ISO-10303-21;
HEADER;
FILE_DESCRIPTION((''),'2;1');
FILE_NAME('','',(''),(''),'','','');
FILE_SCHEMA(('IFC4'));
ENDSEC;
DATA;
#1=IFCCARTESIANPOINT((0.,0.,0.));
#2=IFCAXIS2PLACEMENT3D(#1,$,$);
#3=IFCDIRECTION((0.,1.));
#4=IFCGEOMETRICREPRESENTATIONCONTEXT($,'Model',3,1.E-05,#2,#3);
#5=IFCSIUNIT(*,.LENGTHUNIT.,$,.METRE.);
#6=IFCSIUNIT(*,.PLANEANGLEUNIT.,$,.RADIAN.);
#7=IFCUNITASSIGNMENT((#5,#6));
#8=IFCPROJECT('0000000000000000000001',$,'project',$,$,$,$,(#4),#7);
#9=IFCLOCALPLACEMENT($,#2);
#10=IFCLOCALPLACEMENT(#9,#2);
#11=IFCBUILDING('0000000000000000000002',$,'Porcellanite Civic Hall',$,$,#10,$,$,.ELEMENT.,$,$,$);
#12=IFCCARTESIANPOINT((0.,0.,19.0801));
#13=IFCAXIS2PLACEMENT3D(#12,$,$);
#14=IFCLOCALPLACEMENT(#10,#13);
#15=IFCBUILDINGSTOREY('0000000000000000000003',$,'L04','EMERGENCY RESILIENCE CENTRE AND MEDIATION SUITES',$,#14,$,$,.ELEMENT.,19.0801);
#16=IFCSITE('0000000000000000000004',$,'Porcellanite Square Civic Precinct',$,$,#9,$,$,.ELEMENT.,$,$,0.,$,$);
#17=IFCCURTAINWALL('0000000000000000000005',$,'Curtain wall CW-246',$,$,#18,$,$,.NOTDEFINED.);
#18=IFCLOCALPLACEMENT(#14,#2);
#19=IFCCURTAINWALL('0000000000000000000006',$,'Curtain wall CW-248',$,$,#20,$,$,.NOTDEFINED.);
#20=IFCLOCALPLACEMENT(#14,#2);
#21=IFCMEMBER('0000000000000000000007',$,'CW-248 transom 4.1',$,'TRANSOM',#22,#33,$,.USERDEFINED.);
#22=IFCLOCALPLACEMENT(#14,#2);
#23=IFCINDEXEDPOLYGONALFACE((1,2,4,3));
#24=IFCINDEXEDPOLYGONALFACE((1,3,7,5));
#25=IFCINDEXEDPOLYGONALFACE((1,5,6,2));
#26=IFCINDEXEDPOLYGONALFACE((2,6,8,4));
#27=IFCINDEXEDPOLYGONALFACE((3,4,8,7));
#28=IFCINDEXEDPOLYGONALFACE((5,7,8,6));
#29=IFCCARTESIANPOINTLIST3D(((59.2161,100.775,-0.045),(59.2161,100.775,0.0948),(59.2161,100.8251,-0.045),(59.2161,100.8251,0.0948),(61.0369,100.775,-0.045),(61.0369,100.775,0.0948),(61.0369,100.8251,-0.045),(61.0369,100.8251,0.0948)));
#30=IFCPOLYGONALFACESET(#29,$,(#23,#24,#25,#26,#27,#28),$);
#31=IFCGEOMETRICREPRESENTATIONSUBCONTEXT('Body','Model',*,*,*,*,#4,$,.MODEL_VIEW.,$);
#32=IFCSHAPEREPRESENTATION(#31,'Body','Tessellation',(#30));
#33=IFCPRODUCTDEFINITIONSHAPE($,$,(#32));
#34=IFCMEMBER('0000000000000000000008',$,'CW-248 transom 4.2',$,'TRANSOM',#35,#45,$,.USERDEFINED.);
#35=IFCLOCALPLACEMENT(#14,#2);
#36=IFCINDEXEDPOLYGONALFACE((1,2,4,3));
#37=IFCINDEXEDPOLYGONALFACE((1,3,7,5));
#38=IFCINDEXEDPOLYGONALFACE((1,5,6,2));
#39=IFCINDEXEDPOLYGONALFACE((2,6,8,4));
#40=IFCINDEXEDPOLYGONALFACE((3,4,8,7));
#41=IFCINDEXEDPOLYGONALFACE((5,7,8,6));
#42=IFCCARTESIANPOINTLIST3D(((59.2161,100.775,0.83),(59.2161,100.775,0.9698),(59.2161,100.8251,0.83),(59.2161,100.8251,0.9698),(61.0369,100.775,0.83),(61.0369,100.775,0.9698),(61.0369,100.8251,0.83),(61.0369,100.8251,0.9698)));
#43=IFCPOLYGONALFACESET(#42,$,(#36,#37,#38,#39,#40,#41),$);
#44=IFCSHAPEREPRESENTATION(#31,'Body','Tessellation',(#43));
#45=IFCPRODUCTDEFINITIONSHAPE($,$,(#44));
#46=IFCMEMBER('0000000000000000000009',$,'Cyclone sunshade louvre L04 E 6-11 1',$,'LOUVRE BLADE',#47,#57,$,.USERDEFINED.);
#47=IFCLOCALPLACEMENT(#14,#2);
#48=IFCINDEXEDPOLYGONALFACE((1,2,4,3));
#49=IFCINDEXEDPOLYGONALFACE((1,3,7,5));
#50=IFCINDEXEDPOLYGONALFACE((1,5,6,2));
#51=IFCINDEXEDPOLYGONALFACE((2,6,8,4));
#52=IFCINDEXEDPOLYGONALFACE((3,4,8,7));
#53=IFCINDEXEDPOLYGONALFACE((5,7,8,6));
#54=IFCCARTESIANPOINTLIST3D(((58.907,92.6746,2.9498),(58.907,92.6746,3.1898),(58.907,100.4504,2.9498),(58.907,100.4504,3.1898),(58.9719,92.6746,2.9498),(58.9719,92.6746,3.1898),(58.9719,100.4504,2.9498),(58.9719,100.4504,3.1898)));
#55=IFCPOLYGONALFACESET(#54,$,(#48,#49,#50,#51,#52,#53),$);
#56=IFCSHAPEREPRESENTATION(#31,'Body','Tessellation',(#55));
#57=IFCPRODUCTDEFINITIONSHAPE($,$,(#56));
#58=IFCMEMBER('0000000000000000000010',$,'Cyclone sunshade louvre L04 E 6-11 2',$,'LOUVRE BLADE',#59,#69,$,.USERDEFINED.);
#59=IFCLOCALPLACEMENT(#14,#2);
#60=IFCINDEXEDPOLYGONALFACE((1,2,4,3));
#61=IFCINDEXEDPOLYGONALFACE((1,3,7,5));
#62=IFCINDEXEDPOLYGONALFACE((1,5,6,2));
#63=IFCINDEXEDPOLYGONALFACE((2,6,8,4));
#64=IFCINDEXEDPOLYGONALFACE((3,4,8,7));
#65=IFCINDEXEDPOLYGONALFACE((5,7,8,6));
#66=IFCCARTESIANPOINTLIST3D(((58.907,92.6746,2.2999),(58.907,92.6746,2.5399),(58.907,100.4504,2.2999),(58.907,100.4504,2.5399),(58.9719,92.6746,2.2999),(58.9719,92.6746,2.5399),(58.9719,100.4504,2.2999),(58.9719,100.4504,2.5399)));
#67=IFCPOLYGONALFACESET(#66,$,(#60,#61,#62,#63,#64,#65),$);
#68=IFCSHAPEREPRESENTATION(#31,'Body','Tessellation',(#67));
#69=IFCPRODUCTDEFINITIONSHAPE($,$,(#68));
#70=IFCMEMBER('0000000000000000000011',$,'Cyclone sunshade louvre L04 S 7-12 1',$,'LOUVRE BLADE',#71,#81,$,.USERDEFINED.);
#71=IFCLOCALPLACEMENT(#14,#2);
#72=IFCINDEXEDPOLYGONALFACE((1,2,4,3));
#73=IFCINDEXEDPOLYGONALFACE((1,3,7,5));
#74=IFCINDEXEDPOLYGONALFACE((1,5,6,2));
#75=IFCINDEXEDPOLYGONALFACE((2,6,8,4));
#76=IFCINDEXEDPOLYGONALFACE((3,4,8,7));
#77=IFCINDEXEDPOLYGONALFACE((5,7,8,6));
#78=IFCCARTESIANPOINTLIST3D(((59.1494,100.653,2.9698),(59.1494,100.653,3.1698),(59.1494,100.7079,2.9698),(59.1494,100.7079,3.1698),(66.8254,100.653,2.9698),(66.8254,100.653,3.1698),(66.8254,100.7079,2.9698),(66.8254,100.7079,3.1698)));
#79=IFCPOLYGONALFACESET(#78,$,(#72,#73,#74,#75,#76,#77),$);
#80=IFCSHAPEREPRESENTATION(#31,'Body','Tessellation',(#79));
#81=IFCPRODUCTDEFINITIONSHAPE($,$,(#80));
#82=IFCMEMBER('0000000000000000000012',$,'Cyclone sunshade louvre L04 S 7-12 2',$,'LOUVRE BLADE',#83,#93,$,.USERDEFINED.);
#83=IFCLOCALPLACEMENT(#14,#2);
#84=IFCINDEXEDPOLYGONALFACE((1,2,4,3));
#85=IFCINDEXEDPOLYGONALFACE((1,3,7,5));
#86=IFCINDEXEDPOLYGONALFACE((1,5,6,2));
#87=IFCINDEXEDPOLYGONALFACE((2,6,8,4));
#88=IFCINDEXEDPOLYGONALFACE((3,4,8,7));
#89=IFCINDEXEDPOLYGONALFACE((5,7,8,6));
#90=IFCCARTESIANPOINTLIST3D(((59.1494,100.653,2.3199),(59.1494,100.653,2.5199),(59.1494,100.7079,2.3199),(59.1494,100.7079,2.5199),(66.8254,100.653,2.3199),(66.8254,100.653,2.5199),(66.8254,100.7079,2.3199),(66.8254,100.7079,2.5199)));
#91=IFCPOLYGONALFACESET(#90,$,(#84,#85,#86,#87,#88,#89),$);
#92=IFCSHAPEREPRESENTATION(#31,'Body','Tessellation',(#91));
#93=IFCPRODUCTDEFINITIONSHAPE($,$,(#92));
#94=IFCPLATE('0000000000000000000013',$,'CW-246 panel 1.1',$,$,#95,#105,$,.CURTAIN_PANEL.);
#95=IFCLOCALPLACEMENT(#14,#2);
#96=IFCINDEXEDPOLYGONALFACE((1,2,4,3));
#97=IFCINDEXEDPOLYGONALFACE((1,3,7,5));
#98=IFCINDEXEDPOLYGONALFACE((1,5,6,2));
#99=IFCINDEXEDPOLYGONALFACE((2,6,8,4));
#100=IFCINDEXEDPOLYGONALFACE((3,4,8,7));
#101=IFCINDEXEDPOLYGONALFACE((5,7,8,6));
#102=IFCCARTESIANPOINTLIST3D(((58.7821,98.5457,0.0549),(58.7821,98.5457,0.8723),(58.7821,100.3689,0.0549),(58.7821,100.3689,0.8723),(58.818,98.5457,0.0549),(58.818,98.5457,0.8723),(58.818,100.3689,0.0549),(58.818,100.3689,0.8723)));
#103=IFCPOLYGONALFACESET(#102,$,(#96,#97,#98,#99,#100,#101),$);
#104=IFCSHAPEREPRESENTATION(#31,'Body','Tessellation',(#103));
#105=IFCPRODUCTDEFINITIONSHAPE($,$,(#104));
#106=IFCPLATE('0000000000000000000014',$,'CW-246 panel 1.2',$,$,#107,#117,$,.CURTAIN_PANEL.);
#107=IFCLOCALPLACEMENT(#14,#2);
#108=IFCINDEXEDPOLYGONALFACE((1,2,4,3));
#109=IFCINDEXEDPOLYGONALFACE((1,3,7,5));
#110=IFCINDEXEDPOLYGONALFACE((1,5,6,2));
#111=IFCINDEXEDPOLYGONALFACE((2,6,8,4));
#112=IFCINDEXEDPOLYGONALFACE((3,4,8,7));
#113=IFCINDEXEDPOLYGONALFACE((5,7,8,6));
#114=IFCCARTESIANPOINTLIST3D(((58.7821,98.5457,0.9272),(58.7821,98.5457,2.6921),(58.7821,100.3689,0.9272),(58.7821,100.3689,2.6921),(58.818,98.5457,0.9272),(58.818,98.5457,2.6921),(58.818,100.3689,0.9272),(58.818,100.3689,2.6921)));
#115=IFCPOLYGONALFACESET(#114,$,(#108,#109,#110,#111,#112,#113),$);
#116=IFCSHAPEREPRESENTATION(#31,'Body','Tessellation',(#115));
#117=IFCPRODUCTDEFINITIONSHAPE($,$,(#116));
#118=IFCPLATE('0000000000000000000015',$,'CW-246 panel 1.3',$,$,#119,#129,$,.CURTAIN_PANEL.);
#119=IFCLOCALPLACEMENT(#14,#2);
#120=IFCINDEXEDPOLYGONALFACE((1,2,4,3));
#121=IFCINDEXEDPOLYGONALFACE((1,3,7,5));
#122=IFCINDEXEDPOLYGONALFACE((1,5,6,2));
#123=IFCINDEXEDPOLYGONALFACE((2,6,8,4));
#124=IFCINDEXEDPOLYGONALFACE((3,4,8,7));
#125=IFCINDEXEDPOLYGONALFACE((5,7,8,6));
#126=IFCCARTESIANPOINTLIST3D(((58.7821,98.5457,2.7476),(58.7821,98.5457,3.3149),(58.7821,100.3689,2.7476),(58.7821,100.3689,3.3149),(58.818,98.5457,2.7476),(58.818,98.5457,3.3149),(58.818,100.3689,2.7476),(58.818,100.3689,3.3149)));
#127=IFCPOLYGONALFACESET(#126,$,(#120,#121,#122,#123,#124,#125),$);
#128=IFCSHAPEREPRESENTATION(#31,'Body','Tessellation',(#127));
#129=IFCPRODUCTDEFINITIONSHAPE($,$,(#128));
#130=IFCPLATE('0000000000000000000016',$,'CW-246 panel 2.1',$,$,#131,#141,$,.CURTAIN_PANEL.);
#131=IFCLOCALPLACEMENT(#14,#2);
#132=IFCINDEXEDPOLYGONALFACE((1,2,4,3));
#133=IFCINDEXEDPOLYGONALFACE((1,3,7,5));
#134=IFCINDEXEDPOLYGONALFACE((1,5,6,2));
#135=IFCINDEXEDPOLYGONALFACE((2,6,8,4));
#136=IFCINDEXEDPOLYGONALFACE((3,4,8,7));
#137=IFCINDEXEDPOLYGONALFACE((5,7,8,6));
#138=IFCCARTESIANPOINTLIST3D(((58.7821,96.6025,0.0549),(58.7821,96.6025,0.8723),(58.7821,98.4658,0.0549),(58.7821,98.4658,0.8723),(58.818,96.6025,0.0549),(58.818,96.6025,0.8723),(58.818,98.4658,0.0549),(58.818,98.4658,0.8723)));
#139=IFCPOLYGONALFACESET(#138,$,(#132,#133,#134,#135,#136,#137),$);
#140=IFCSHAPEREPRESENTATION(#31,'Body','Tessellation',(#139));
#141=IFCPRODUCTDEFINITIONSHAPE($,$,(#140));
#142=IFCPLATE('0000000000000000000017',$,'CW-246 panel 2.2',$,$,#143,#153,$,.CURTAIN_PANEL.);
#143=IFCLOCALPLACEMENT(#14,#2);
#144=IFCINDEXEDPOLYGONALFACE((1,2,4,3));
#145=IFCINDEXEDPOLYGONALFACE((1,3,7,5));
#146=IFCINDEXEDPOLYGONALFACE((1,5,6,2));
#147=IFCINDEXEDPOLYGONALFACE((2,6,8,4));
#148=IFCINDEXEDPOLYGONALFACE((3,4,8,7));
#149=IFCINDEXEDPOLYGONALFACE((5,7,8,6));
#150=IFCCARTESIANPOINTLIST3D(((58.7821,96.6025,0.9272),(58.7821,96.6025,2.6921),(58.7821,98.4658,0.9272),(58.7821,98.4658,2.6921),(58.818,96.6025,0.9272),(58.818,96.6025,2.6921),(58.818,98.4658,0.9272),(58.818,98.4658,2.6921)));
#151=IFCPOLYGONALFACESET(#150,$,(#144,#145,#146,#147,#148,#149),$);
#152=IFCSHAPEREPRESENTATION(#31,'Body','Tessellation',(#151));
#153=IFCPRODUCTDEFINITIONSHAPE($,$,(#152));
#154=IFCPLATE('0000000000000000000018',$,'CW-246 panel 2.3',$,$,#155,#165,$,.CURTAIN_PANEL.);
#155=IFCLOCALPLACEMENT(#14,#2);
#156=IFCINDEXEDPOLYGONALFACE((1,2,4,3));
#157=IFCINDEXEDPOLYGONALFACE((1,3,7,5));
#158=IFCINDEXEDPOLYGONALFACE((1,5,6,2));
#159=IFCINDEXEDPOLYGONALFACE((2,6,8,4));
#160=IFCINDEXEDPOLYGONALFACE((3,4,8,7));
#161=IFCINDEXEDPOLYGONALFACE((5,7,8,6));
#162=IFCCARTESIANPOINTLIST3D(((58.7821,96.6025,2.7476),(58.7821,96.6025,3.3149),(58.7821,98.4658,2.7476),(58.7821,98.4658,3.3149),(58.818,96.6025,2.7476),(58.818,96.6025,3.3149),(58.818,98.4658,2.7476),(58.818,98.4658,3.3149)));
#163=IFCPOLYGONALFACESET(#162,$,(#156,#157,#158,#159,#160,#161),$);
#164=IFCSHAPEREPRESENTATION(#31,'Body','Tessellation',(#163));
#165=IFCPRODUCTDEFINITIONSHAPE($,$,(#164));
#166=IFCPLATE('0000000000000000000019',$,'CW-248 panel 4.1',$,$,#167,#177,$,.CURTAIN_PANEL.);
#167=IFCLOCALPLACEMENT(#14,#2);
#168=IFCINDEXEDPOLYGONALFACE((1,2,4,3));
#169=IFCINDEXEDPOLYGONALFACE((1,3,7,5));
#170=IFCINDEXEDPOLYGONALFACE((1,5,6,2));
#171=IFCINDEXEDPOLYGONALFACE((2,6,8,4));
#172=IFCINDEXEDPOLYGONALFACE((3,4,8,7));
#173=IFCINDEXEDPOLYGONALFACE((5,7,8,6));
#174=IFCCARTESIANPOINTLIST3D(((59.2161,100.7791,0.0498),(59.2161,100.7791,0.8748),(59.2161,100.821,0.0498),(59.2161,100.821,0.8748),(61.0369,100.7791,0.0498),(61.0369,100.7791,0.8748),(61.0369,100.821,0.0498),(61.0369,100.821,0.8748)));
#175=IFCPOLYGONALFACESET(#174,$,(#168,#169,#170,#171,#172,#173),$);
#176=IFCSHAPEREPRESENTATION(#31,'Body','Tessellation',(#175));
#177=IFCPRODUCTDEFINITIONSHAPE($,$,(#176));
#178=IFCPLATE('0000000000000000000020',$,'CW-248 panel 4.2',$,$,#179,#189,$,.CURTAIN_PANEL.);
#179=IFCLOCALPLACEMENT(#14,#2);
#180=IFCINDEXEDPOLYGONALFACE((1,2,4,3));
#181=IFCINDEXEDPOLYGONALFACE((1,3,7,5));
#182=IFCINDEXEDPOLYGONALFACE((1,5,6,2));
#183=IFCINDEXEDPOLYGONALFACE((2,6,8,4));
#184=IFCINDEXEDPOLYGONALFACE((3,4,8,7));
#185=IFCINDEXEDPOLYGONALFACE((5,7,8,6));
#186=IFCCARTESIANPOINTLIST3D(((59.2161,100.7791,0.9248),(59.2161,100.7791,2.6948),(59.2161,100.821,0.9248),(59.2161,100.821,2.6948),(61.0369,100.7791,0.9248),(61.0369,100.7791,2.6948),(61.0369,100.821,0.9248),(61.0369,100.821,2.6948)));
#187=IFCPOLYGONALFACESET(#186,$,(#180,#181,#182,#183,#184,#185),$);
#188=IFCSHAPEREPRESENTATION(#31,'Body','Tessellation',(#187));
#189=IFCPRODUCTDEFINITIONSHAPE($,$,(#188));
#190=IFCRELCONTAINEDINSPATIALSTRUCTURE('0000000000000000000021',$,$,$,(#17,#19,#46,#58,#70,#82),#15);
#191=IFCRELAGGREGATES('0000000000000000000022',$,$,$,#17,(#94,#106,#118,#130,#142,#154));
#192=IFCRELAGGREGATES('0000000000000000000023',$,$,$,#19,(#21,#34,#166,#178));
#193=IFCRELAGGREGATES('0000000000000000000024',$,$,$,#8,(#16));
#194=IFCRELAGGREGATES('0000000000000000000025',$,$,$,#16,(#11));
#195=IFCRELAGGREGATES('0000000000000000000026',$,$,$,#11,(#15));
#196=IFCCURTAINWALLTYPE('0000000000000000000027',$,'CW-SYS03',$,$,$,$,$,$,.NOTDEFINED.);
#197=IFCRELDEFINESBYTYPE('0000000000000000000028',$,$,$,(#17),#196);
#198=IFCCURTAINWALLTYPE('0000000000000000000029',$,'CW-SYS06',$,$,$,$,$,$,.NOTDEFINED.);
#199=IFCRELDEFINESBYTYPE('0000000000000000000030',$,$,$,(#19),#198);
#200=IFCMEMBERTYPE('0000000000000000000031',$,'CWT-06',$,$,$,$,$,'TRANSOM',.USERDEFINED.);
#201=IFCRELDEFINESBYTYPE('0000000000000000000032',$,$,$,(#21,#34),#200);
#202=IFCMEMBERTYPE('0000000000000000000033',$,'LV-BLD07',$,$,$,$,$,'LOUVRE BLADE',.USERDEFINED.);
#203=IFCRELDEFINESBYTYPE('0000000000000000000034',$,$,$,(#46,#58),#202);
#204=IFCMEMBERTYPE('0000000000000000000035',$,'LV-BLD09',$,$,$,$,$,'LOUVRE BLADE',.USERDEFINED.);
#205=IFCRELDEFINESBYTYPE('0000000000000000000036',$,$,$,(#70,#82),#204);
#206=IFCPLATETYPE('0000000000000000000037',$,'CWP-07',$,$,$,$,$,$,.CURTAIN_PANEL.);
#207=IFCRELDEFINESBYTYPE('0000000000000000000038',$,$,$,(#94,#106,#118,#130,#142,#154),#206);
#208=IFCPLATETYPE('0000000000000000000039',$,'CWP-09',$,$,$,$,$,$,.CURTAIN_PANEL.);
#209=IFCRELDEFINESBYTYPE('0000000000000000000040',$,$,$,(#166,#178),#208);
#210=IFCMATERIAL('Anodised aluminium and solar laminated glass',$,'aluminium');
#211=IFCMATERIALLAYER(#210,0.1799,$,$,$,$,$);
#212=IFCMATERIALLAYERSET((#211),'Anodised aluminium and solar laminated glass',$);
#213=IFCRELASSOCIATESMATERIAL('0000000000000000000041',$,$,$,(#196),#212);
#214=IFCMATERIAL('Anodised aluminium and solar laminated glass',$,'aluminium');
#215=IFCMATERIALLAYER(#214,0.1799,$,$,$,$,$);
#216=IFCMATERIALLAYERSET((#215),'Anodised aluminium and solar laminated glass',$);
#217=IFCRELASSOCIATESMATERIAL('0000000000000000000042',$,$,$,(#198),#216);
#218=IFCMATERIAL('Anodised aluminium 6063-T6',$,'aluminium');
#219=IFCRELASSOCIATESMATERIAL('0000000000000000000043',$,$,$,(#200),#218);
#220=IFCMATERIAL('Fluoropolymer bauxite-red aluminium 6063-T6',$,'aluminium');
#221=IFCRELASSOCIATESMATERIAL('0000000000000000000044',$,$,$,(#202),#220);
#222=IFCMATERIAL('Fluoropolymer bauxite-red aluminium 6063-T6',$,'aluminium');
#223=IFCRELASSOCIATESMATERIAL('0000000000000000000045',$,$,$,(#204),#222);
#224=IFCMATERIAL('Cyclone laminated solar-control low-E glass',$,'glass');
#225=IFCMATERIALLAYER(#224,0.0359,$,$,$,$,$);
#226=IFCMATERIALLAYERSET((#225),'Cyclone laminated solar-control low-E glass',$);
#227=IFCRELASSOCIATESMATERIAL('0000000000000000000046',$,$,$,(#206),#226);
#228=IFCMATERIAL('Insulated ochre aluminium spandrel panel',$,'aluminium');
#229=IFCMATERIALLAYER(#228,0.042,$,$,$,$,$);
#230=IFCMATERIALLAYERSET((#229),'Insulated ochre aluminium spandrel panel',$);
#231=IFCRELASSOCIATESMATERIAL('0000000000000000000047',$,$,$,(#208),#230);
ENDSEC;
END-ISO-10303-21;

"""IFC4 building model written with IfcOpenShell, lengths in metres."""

from ifc_helpers import new_model, si_unit, direction, frame, origin, origin_2d, place, context, subcontext, project, spatial, rectangle, extrude, material, layer, layer_set, material_profile, profile_set, type_object, element, aggregate, save


model = new_model("IFC4")

# Units and contexts
model_context = context("Model", 3, precision=1e-05, world=origin(), true_north=direction((0.0, 1.0)))
body_context = subcontext(model_context, "Body", "Model", "MODEL_VIEW")
ifc_project = project(units=[si_unit("LENGTHUNIT", "METRE"), si_unit("PLANEANGLEUNIT", "RADIAN")], contexts=[model_context])

# Site, building, storey
site_placement = place(None, origin())
site = spatial("IfcSite", under=ifc_project, at=site_placement, Name="Porcellanite Square Civic Precinct", CompositionType="ELEMENT", RefElevation=0.0)
building_placement = place(site_placement, origin())
building = spatial("IfcBuilding", under=site, at=building_placement, Name="Porcellanite Civic Hall", CompositionType="ELEMENT")
storey_placement = place(building_placement, frame((0.0, 0.0, 19.0801)))
storey = spatial("IfcBuildingStorey", under=building, at=storey_placement, Name="L04", Description="EMERGENCY RESILIENCE CENTRE AND MEDIATION SUITES", CompositionType="ELEMENT", Elevation=19.0801)

# Curtain wall
ifc_material_1 = material(Name="Anodised aluminium and solar laminated glass", Category="aluminium")
ifc_layer_1 = layer(ifc_material_1, 0.1799)
ifc_layer_set_1 = layer_set([ifc_layer_1], Name="Anodised aluminium and solar laminated glass")
curtain_wall_type_1 = type_object("IfcCurtainWallType", Name="CW-SYS03", PredefinedType="NOTDEFINED", material=ifc_layer_set_1)
curtain_wall_1_placement = place(storey_placement, origin())
curtain_wall_1 = element("IfcCurtainWall", 1, at=curtain_wall_1_placement, inside=storey, type_object=curtain_wall_type_1, Name="Curtain wall CW-246", PredefinedType="NOTDEFINED")

# Curtain wall
ifc_material_2 = material(Name="Anodised aluminium and solar laminated glass", Category="aluminium")
ifc_layer_2 = layer(ifc_material_2, 0.1799)
ifc_layer_set_2 = layer_set([ifc_layer_2], Name="Anodised aluminium and solar laminated glass")
curtain_wall_type_2 = type_object("IfcCurtainWallType", Name="CW-SYS06", PredefinedType="NOTDEFINED", material=ifc_layer_set_2)
curtain_wall_2_placement = place(storey_placement, origin())
curtain_wall_2 = element("IfcCurtainWall", 2, at=curtain_wall_2_placement, inside=storey, type_object=curtain_wall_type_2, Name="Curtain wall CW-248", PredefinedType="NOTDEFINED")

# Members
ifc_material_3 = material(Name="Anodised aluminium 6063-T6", Category="aluminium")
ifc_material_profile_1 = material_profile(ifc_material_3, rectangle(XDim=0.05, YDim=0.1399, at=origin_2d()), Name="AL-50x140")
ifc_profile_set_1 = profile_set([ifc_material_profile_1], Name="Anodised aluminium 6063-T6")
member_type_1 = type_object("IfcMemberType", Name="CWT-06", ElementType="TRANSOM", PredefinedType="USERDEFINED", material=ifc_profile_set_1)
member_1_placement = place(storey_placement, frame((61.0369, 100.8, 0.0249), z_axis=(-1.0, 0.0, 0.0), x_axis=(0.0, -1.0, 0.0)))
member_1 = element("IfcMember", 3, at=member_1_placement, type_object=member_type_1, Name="CW-248 transom 4.1", ObjectType="TRANSOM", PredefinedType="USERDEFINED", context=body_context, shape_type="SweptSolid", body=[
    extrude(rectangle(XDim=0.05, YDim=0.1399, at=origin_2d()), origin(), (0.0, 0.0, 1.0), 1.8208),
])
member_2_placement = place(storey_placement, frame((61.0369, 100.8, 0.8999), z_axis=(-1.0, 0.0, 0.0), x_axis=(0.0, -1.0, 0.0)))
member_2 = element("IfcMember", 4, at=member_2_placement, type_object=member_type_1, Name="CW-248 transom 4.2", ObjectType="TRANSOM", PredefinedType="USERDEFINED", context=body_context, shape_type="SweptSolid", body=[
    extrude(rectangle(XDim=0.05, YDim=0.1399, at=origin_2d()), origin(), (0.0, 0.0, 1.0), 1.8208),
])

# Members
ifc_material_4 = material(Name="Fluoropolymer bauxite-red aluminium 6063-T6", Category="aluminium")
ifc_material_profile_2 = material_profile(ifc_material_4, rectangle(XDim=0.0649, YDim=0.24, at=origin_2d()), Name="AL-65x240")
ifc_profile_set_2 = profile_set([ifc_material_profile_2], Name="Fluoropolymer bauxite-red aluminium 6063-T6")
member_type_2 = type_object("IfcMemberType", Name="LV-BLD07", ElementType="LOUVRE BLADE", PredefinedType="USERDEFINED", material=ifc_profile_set_2)
for number, where, z_axis, x_axis, name in (
    (5, (58.9395, 100.4504, 3.0698), (0.0, -1.0, 0.0), (1.0, 0.0, 0.0), "Cyclone sunshade louvre L04 E 6-11 1"),
    (6, (58.9395, 100.4504, 2.4199), (0.0, -1.0, 0.0), (1.0, 0.0, 0.0), "Cyclone sunshade louvre L04 E 6-11 2"),
):
    element("IfcMember", number, at=place(storey_placement, frame(where, z_axis=z_axis, x_axis=x_axis)), inside=storey, type_object=member_type_2, Name=name, ObjectType="LOUVRE BLADE", PredefinedType="USERDEFINED", context=body_context, shape_type="SweptSolid", body=[
        extrude(rectangle(XDim=0.0649, YDim=0.24, at=origin_2d()), origin(), (0.0, 0.0, 1.0), 7.7759),
    ])
ifc_material_5 = material(Name="Fluoropolymer bauxite-red aluminium 6063-T6", Category="aluminium")
ifc_material_profile_3 = material_profile(ifc_material_5, rectangle(XDim=0.0549, YDim=0.2, at=origin_2d()), Name="AL-55x200")
ifc_profile_set_3 = profile_set([ifc_material_profile_3], Name="Fluoropolymer bauxite-red aluminium 6063-T6")
member_type_3 = type_object("IfcMemberType", Name="LV-BLD09", ElementType="LOUVRE BLADE", PredefinedType="USERDEFINED", material=ifc_profile_set_3)
for number, where, z_axis, x_axis, name in (
    (7, (66.8254, 100.6804, 3.0698), (-1.0, 0.0, 0.0), (0.0, -1.0, 0.0), "Cyclone sunshade louvre L04 S 7-12 1"),
    (8, (66.8254, 100.6804, 2.4199), (-1.0, 0.0, 0.0), (0.0, -1.0, 0.0), "Cyclone sunshade louvre L04 S 7-12 2"),
):
    element("IfcMember", number, at=place(storey_placement, frame(where, z_axis=z_axis, x_axis=x_axis)), inside=storey, type_object=member_type_3, Name=name, ObjectType="LOUVRE BLADE", PredefinedType="USERDEFINED", context=body_context, shape_type="SweptSolid", body=[
        extrude(rectangle(XDim=0.0549, YDim=0.2, at=origin_2d()), origin(), (0.0, 0.0, 1.0), 7.676),
    ])

# Plates
ifc_material_6 = material(Name="Cyclone laminated solar-control low-E glass", Category="glass")
ifc_layer_3 = layer(ifc_material_6, 0.0359)
ifc_layer_set_3 = layer_set([ifc_layer_3], Name="Cyclone laminated solar-control low-E glass")
plate_type_1 = type_object("IfcPlateType", Name="CWP-07", PredefinedType="CURTAIN_PANEL", material=ifc_layer_set_3)
plate_1_placement = place(storey_placement, frame((58.8, 99.4573, 0.0549), z_axis=(0.0, 0.0, 1.0), x_axis=(0.0, -1.0, 0.0)))
plate_1 = element("IfcPlate", 9, at=plate_1_placement, type_object=plate_type_1, Name="CW-246 panel 1.1", PredefinedType="CURTAIN_PANEL", context=body_context, shape_type="SweptSolid", body=[
    extrude(rectangle(XDim=1.8232, YDim=0.0359, at=origin_2d()), origin(), (0.0, 0.0, 1.0), 0.8174),
])
plate_2_placement = place(storey_placement, frame((58.8, 99.4573, 0.9272), z_axis=(0.0, 0.0, 1.0), x_axis=(0.0, -1.0, 0.0)))
plate_2 = element("IfcPlate", 10, at=plate_2_placement, type_object=plate_type_1, Name="CW-246 panel 1.2", PredefinedType="CURTAIN_PANEL", context=body_context, shape_type="SweptSolid", body=[
    extrude(rectangle(XDim=1.8232, YDim=0.0359, at=origin_2d()), origin(), (0.0, 0.0, 1.0), 1.7649),
])
plate_3_placement = place(storey_placement, frame((58.8, 99.4573, 2.7476), z_axis=(0.0, 0.0, 1.0), x_axis=(0.0, -1.0, 0.0)))
plate_3 = element("IfcPlate", 11, at=plate_3_placement, type_object=plate_type_1, Name="CW-246 panel 1.3", PredefinedType="CURTAIN_PANEL", context=body_context, shape_type="SweptSolid", body=[
    extrude(rectangle(XDim=1.8232, YDim=0.0359, at=origin_2d()), origin(), (0.0, 0.0, 1.0), 0.5674),
])
plate_4_placement = place(storey_placement, frame((58.8, 97.5342, 0.0549), z_axis=(0.0, 0.0, 1.0), x_axis=(0.0, -1.0, 0.0)))
plate_4 = element("IfcPlate", 12, at=plate_4_placement, type_object=plate_type_1, Name="CW-246 panel 2.1", PredefinedType="CURTAIN_PANEL", context=body_context, shape_type="SweptSolid", body=[
    extrude(rectangle(XDim=1.8633, YDim=0.0359, at=origin_2d()), origin(), (0.0, 0.0, 1.0), 0.8174),
])
plate_5_placement = place(storey_placement, frame((58.8, 97.5342, 0.9272), z_axis=(0.0, 0.0, 1.0), x_axis=(0.0, -1.0, 0.0)))
plate_5 = element("IfcPlate", 13, at=plate_5_placement, type_object=plate_type_1, Name="CW-246 panel 2.2", PredefinedType="CURTAIN_PANEL", context=body_context, shape_type="SweptSolid", body=[
    extrude(rectangle(XDim=1.8633, YDim=0.0359, at=origin_2d()), origin(), (0.0, 0.0, 1.0), 1.7649),
])
plate_6_placement = place(storey_placement, frame((58.8, 97.5342, 2.7476), z_axis=(0.0, 0.0, 1.0), x_axis=(0.0, -1.0, 0.0)))
plate_6 = element("IfcPlate", 14, at=plate_6_placement, type_object=plate_type_1, Name="CW-246 panel 2.3", PredefinedType="CURTAIN_PANEL", context=body_context, shape_type="SweptSolid", body=[
    extrude(rectangle(XDim=1.8633, YDim=0.0359, at=origin_2d()), origin(), (0.0, 0.0, 1.0), 0.5674),
])
aggregate(curtain_wall_1, [plate_1, plate_2, plate_3, plate_4, plate_5, plate_6])
ifc_material_7 = material(Name="Insulated ochre aluminium spandrel panel", Category="aluminium")
ifc_layer_4 = layer(ifc_material_7, 0.042)
ifc_layer_set_4 = layer_set([ifc_layer_4], Name="Insulated ochre aluminium spandrel panel")
plate_type_2 = type_object("IfcPlateType", Name="CWP-09", PredefinedType="CURTAIN_PANEL", material=ifc_layer_set_4)
plate_7_placement = place(storey_placement, frame((60.1265, 100.8, 0.0498), z_axis=(0.0, 0.0, 1.0), x_axis=(-1.0, 0.0, 0.0)))
plate_7 = element("IfcPlate", 15, at=plate_7_placement, type_object=plate_type_2, Name="CW-248 panel 4.1", PredefinedType="CURTAIN_PANEL", context=body_context, shape_type="SweptSolid", body=[
    extrude(rectangle(XDim=1.8208, YDim=0.042, at=origin_2d()), origin(), (0.0, 0.0, 1.0), 0.825),
])
plate_8_placement = place(storey_placement, frame((60.1265, 100.8, 0.9248), z_axis=(0.0, 0.0, 1.0), x_axis=(-1.0, 0.0, 0.0)))
plate_8 = element("IfcPlate", 16, at=plate_8_placement, type_object=plate_type_2, Name="CW-248 panel 4.2", PredefinedType="CURTAIN_PANEL", context=body_context, shape_type="SweptSolid", body=[
    extrude(rectangle(XDim=1.8208, YDim=0.042, at=origin_2d()), origin(), (0.0, 0.0, 1.0), 1.77),
])
aggregate(curtain_wall_2, [member_1, member_2, plate_7, plate_8])

save(model, "model.ifc")
